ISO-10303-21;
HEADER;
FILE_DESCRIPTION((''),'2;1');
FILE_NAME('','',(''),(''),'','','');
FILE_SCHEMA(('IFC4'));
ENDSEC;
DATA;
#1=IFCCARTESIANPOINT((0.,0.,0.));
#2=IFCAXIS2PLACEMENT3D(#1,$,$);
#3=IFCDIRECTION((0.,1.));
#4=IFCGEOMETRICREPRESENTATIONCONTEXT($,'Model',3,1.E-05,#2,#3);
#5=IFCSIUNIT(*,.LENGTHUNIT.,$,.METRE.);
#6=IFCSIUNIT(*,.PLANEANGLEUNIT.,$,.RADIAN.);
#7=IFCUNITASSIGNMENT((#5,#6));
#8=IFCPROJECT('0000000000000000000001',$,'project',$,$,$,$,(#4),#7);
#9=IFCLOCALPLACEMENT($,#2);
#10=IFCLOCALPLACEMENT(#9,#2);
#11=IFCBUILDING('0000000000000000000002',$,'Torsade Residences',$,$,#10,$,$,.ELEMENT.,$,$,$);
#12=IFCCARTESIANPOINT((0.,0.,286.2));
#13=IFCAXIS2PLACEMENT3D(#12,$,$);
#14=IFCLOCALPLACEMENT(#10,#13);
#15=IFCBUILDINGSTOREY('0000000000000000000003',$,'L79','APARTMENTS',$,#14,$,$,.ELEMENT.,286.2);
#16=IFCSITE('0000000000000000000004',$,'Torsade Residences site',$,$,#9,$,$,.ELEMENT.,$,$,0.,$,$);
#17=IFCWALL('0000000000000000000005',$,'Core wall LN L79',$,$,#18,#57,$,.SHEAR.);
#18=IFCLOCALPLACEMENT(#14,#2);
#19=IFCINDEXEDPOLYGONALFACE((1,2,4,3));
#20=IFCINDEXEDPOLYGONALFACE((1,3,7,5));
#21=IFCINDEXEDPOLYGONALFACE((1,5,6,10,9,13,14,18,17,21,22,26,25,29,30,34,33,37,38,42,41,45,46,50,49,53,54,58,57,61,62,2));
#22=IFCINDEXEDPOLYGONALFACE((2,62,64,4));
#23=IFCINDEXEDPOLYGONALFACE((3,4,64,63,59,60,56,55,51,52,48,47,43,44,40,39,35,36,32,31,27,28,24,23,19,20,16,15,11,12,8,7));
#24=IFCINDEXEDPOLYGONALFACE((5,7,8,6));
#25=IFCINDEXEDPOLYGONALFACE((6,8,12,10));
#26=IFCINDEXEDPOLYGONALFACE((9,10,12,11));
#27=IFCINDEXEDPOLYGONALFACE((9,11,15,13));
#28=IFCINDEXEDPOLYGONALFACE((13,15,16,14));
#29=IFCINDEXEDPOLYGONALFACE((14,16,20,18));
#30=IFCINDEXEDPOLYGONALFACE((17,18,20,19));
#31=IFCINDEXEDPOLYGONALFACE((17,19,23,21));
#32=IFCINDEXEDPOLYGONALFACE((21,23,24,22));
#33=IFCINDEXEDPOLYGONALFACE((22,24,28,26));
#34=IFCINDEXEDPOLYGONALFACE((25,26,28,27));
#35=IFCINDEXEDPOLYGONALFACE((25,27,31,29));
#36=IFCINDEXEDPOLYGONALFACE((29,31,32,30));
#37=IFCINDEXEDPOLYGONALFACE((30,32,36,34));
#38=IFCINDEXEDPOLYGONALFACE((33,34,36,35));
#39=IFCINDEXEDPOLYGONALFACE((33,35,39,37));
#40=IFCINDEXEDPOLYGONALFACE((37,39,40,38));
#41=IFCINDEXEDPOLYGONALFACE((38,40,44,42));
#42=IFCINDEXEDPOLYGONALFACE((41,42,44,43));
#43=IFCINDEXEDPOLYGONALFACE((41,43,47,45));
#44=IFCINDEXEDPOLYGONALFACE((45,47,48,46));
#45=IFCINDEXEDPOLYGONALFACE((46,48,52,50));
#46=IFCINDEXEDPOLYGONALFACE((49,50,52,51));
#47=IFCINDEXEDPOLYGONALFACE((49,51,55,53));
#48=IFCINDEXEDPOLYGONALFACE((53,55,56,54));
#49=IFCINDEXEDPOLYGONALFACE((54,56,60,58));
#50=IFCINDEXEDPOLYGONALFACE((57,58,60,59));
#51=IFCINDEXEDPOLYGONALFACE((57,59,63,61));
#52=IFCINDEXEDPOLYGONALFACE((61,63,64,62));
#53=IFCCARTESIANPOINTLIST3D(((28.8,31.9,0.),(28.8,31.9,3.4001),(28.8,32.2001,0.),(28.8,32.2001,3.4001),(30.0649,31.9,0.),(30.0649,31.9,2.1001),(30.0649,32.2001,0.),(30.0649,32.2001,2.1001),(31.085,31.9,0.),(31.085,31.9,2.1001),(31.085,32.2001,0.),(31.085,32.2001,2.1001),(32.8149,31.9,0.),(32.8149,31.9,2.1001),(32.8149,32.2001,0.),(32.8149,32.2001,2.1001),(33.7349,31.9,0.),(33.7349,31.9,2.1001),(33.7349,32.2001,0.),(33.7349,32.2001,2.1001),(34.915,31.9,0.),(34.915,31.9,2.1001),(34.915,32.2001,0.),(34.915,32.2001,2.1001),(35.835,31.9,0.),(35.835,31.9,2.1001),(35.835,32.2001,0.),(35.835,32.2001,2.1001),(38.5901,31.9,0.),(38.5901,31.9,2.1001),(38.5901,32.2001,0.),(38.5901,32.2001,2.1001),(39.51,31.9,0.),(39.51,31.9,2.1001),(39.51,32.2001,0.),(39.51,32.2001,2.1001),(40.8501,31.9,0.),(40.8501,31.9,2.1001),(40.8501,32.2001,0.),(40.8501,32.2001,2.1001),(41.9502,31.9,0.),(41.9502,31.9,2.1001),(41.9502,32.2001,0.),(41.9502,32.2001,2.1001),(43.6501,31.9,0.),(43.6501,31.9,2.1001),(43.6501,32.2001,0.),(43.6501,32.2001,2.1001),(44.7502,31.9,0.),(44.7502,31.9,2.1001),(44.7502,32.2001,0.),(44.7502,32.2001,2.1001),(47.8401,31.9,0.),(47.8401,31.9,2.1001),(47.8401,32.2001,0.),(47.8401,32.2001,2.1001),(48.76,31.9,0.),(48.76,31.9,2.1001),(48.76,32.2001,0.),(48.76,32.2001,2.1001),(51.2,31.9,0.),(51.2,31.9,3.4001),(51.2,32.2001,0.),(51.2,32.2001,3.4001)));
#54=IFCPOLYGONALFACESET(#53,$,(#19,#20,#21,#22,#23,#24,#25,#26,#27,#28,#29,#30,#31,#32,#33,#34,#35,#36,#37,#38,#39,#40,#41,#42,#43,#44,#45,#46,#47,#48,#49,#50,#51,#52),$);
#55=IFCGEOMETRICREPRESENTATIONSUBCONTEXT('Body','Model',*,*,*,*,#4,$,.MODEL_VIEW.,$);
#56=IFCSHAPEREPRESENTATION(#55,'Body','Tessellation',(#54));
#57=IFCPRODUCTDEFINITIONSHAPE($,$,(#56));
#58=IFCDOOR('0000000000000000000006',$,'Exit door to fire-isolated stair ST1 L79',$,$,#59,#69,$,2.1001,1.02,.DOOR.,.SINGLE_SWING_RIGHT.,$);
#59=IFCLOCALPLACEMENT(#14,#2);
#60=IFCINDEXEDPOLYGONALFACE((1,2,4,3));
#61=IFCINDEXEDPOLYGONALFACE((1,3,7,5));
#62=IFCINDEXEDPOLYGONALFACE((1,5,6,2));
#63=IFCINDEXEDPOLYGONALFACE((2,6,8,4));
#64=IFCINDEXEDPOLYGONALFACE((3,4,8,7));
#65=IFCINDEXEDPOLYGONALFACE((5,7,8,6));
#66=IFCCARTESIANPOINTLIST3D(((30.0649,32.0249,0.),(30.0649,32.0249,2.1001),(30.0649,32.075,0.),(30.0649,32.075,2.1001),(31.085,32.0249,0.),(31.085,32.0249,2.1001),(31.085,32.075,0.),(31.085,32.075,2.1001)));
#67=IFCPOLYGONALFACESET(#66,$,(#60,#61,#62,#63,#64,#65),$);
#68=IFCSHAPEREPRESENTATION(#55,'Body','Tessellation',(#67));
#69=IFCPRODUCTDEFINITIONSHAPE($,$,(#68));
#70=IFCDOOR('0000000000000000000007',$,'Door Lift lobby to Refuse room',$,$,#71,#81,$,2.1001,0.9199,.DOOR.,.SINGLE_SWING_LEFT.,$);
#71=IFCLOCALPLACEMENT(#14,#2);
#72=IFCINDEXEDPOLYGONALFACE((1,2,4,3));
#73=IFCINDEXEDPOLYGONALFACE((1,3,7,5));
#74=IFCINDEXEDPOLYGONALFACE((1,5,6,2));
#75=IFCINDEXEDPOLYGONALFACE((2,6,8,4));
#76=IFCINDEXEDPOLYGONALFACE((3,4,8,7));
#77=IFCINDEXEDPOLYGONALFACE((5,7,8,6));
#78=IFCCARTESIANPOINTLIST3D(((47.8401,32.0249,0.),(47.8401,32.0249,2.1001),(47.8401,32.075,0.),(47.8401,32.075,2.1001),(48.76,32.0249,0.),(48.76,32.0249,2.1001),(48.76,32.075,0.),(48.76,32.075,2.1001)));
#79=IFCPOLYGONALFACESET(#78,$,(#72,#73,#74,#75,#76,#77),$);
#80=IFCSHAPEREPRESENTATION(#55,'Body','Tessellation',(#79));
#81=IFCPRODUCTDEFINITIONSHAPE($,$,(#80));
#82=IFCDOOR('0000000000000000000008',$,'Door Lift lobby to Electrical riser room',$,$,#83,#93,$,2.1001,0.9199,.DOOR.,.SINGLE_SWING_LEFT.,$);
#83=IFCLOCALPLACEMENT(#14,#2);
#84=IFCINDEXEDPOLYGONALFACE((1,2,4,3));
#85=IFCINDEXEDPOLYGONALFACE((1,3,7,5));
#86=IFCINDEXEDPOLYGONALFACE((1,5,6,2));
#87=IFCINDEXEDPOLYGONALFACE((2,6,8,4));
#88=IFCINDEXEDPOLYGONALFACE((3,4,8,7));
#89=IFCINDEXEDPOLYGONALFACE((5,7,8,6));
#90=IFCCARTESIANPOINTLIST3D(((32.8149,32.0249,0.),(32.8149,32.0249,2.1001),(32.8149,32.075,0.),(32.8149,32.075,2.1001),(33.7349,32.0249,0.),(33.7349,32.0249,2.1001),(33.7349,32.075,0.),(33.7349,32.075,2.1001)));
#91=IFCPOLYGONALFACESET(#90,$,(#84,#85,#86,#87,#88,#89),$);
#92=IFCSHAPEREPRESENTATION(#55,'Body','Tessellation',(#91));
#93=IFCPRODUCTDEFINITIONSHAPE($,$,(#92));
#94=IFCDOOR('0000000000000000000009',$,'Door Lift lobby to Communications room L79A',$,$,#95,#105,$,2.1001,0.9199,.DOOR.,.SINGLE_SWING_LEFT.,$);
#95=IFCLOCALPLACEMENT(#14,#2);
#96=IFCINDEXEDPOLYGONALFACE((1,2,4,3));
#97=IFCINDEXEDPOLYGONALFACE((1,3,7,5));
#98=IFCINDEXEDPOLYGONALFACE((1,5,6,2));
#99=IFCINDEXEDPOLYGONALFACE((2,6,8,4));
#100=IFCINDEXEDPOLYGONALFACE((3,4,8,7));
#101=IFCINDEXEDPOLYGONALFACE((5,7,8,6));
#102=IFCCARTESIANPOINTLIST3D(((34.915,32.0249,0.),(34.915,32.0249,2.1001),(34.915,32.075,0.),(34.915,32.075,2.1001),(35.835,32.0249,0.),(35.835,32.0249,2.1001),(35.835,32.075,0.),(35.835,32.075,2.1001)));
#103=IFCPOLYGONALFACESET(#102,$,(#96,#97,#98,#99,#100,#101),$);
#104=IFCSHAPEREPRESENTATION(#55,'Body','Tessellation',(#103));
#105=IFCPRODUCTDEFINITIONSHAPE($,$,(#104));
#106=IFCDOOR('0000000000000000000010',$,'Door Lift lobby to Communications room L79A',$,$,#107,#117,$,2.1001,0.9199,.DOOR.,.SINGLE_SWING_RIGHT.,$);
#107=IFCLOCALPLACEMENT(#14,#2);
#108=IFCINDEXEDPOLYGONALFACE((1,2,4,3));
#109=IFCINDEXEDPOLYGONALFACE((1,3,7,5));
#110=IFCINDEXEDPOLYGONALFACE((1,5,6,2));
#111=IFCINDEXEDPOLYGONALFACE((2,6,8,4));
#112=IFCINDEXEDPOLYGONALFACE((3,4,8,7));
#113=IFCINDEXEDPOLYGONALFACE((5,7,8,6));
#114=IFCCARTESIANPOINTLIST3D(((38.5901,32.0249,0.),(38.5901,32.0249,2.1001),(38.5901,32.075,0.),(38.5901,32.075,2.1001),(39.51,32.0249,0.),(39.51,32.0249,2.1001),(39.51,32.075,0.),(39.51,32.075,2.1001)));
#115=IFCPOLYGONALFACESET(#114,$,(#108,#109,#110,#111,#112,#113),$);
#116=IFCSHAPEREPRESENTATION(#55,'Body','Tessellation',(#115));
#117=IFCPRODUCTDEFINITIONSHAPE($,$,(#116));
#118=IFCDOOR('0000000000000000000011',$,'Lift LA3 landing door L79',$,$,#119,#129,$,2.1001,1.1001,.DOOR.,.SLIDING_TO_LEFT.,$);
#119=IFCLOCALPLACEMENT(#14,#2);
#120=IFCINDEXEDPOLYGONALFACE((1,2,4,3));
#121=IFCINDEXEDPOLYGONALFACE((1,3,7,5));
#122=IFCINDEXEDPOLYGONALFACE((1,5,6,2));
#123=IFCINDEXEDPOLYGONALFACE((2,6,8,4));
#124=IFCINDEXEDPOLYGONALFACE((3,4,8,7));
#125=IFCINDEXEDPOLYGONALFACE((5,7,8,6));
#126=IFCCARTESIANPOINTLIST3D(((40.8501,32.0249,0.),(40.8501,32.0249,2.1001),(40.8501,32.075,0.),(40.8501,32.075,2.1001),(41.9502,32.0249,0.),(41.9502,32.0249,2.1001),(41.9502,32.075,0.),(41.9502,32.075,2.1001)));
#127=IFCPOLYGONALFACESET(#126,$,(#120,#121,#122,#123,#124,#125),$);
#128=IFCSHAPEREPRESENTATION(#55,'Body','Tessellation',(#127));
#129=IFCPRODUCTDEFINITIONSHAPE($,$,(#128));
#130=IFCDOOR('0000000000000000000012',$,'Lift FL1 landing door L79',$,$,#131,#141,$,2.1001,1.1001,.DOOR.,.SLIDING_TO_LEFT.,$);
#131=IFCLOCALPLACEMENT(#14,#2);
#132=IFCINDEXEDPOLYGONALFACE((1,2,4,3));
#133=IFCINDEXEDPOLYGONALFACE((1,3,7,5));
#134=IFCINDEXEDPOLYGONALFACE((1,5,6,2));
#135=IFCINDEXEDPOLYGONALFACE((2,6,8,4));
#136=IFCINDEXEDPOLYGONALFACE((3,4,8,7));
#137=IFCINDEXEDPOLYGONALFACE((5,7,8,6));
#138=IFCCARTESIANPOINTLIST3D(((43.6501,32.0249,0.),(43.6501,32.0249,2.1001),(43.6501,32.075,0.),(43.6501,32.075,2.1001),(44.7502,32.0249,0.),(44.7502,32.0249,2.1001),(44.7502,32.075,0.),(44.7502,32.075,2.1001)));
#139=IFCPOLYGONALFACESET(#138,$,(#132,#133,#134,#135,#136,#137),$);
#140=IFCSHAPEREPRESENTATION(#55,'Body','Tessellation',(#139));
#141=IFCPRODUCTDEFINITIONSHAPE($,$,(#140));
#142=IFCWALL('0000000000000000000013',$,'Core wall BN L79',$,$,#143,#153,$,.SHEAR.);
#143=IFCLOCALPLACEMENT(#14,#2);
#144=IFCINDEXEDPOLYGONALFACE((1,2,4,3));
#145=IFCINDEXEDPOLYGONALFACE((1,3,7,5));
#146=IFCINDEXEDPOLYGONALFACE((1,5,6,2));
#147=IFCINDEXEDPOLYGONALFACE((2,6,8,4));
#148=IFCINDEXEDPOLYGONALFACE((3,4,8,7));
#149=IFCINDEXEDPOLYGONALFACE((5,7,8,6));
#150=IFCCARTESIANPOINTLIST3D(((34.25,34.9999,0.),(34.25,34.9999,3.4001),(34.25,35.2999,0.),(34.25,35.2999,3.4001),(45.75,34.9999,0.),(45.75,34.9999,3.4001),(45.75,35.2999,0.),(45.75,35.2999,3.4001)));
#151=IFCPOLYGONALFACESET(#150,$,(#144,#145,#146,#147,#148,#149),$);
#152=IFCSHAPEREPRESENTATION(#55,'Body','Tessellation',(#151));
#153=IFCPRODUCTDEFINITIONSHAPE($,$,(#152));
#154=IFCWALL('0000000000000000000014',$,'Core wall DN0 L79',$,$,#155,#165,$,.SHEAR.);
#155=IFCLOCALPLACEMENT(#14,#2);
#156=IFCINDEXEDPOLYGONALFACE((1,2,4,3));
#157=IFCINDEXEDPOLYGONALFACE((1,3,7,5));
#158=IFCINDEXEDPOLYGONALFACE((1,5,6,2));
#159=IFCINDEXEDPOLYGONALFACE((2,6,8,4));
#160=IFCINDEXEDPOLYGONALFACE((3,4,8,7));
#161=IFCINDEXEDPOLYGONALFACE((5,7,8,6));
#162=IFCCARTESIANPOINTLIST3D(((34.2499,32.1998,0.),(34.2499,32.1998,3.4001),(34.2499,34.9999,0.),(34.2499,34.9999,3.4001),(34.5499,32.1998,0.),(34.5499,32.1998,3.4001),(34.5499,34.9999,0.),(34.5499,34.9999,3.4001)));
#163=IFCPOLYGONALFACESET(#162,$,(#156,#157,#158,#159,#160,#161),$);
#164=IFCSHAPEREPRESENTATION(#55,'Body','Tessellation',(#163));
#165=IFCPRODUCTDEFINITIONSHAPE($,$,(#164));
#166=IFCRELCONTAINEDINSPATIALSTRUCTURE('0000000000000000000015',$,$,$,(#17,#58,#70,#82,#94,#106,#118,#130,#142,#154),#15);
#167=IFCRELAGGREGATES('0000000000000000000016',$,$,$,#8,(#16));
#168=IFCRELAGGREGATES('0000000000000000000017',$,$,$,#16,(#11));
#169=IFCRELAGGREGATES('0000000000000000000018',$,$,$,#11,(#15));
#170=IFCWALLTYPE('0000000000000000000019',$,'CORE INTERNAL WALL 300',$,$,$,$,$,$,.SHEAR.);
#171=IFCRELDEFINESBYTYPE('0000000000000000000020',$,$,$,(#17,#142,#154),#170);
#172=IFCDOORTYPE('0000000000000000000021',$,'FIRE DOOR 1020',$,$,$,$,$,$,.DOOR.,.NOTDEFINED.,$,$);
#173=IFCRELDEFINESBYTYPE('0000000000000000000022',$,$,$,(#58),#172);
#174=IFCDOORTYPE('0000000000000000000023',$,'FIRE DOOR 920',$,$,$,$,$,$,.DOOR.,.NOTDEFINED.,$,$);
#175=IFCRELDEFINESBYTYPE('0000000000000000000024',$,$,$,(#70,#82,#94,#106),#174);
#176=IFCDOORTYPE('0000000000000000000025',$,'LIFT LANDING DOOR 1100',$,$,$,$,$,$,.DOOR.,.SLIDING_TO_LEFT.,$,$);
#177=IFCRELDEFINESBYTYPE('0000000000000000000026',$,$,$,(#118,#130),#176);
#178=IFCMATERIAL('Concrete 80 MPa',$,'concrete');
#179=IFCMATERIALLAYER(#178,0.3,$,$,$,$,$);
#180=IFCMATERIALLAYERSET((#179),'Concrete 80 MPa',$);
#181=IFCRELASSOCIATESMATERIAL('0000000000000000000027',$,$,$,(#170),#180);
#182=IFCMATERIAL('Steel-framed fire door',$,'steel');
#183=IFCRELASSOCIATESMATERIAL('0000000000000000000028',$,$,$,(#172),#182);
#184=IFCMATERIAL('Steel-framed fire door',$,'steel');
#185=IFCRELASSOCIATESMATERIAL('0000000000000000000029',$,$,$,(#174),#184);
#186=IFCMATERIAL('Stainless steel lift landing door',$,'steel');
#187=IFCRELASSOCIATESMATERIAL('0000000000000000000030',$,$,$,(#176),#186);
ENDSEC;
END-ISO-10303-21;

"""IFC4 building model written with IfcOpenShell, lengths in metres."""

from ifc_helpers import new_model, si_unit, direction, frame, frame_2d, origin, place, context, subcontext, project, spatial, rectangle, extrude, material, layer, layer_set, type_object, element, fill, save


model = new_model("IFC4")

# Units and contexts
model_context = context("Model", 3, precision=1e-05, world=origin(), true_north=direction((0.0, 1.0)))
body_context = subcontext(model_context, "Body", "Model", "MODEL_VIEW")
ifc_project = project(units=[si_unit("LENGTHUNIT", "METRE"), si_unit("PLANEANGLEUNIT", "RADIAN")], contexts=[model_context])

# Site, building, storey
site_placement = place(None, origin())
site = spatial("IfcSite", under=ifc_project, at=site_placement, Name="Torsade Residences site", CompositionType="ELEMENT", RefElevation=0.0)
building_placement = place(site_placement, origin())
building = spatial("IfcBuilding", under=site, at=building_placement, Name="Torsade Residences", CompositionType="ELEMENT")
storey_placement = place(building_placement, frame((0.0, 0.0, 286.2)))
storey = spatial("IfcBuildingStorey", under=building, at=storey_placement, Name="L79", Description="APARTMENTS", CompositionType="ELEMENT", Elevation=286.2)

# Wall, openings, doors
ifc_material_1 = material(Name="Concrete 80 MPa", Category="concrete")
ifc_layer_1 = layer(ifc_material_1, 0.3)
ifc_layer_set_1 = layer_set([ifc_layer_1], Name="Concrete 80 MPa")
wall_type_1 = type_object("IfcWallType", Name="CORE INTERNAL WALL 300", PredefinedType="SHEAR", material=ifc_layer_set_1)
wall_1_placement = place(storey_placement, frame((28.8, 32.05, 0.0), z_axis=(0.0, 0.0, 1.0), x_axis=(1.0, 0.0, 0.0)))
wall_1 = element("IfcWall", 1, at=wall_1_placement, inside=storey, type_object=wall_type_1, Name="Core wall LN L79", PredefinedType="SHEAR", context=body_context, shape_type="SweptSolid", body=[
    extrude(rectangle(XDim=22.3999, YDim=0.3, at=frame_2d((11.2, 0.0))), origin(), (0.0, 0.0, 1.0), 3.4001),
])
opening_1_placement = place(wall_1_placement, frame((19.04, 0.0, 0.0)))
opening_1 = element("IfcOpeningElement", 2, at=opening_1_placement, cuts=wall_1, PredefinedType="OPENING", context=body_context, shape_type="SweptSolid", body=[
    extrude(rectangle(XDim=0.9199, YDim=2.1001, at=frame_2d((0.46, 1.05))), frame((0.0, 0.1599, 0.0), z_axis=(0.0, -1.0, 0.0), x_axis=(1.0, 0.0, 0.0)), (0.0, 0.0, 1.0), 0.3201),
])
opening_2_placement = place(wall_1_placement, frame((1.2649, 0.0, 0.0)))
opening_2 = element("IfcOpeningElement", 3, at=opening_2_placement, cuts=wall_1, PredefinedType="OPENING", context=body_context, shape_type="SweptSolid", body=[
    extrude(rectangle(XDim=1.02, YDim=2.1001, at=frame_2d((0.51, 1.05))), frame((0.0, 0.1599, 0.0), z_axis=(0.0, -1.0, 0.0), x_axis=(1.0, 0.0, 0.0)), (0.0, 0.0, 1.0), 0.3201),
])
opening_3_placement = place(wall_1_placement, frame((4.0149, 0.0, 0.0)))
opening_3 = element("IfcOpeningElement", 4, at=opening_3_placement, cuts=wall_1, PredefinedType="OPENING", context=body_context, shape_type="SweptSolid", body=[
    extrude(rectangle(XDim=0.9199, YDim=2.1001, at=frame_2d((0.46, 1.05))), frame((0.0, 0.1599, 0.0), z_axis=(0.0, -1.0, 0.0), x_axis=(1.0, 0.0, 0.0)), (0.0, 0.0, 1.0), 0.3201),
])
opening_4_placement = place(wall_1_placement, frame((6.115, 0.0, 0.0)))
opening_4 = element("IfcOpeningElement", 5, at=opening_4_placement, cuts=wall_1, PredefinedType="OPENING", context=body_context, shape_type="SweptSolid", body=[
    extrude(rectangle(XDim=0.9199, YDim=2.1001, at=frame_2d((0.46, 1.05))), frame((0.0, 0.1599, 0.0), z_axis=(0.0, -1.0, 0.0), x_axis=(1.0, 0.0, 0.0)), (0.0, 0.0, 1.0), 0.3201),
])
opening_5_placement = place(wall_1_placement, frame((9.79, 0.0, 0.0)))
opening_5 = element("IfcOpeningElement", 6, at=opening_5_placement, cuts=wall_1, PredefinedType="OPENING", context=body_context, shape_type="SweptSolid", body=[
    extrude(rectangle(XDim=0.9199, YDim=2.1001, at=frame_2d((0.46, 1.05))), frame((0.0, 0.1599, 0.0), z_axis=(0.0, -1.0, 0.0), x_axis=(1.0, 0.0, 0.0)), (0.0, 0.0, 1.0), 0.3201),
])
opening_6_placement = place(wall_1_placement, frame((12.05, 0.0, 0.0)))
opening_6 = element("IfcOpeningElement", 7, at=opening_6_placement, cuts=wall_1, PredefinedType="OPENING", context=body_context, shape_type="SweptSolid", body=[
    extrude(rectangle(XDim=1.1001, YDim=2.1001, at=frame_2d((0.55, 1.05))), frame((0.0, 0.1599, 0.0), z_axis=(0.0, -1.0, 0.0), x_axis=(1.0, 0.0, 0.0)), (0.0, 0.0, 1.0), 0.3201),
])
opening_7_placement = place(wall_1_placement, frame((14.8501, 0.0, 0.0)))
opening_7 = element("IfcOpeningElement", 8, at=opening_7_placement, cuts=wall_1, PredefinedType="OPENING", context=body_context, shape_type="SweptSolid", body=[
    extrude(rectangle(XDim=1.1001, YDim=2.1001, at=frame_2d((0.55, 1.05))), frame((0.0, 0.1599, 0.0), z_axis=(0.0, -1.0, 0.0), x_axis=(1.0, 0.0, 0.0)), (0.0, 0.0, 1.0), 0.3201),
])
ifc_material_2 = material(Name="Steel-framed fire door", Category="steel")
door_type_1 = type_object("IfcDoorType", Name="FIRE DOOR 1020", OperationType="NOTDEFINED", PredefinedType="DOOR", material=ifc_material_2)
door_1_placement = place(opening_2_placement, origin())
door_1 = element("IfcDoor", 9, at=door_1_placement, inside=storey, type_object=door_type_1, Name="Exit door to fire-isolated stair ST1 L79", OperationType="SINGLE_SWING_RIGHT", OverallHeight=2.1001, OverallWidth=1.02, PredefinedType="DOOR", context=body_context, shape_type="SweptSolid", body=[
    extrude(rectangle(XDim=1.02, YDim=2.1001, at=frame_2d((0.51, 1.05))), frame((0.0, 0.0249, 0.0), z_axis=(0.0, -1.0, 0.0), x_axis=(1.0, 0.0, 0.0)), (0.0, 0.0, 1.0), 0.05),
])
fill(opening_2, door_1)
ifc_material_3 = material(Name="Steel-framed fire door", Category="steel")
door_type_2 = type_object("IfcDoorType", Name="FIRE DOOR 920", OperationType="NOTDEFINED", PredefinedType="DOOR", material=ifc_material_3)
door_2_placement = place(opening_1_placement, origin())
door_2 = element("IfcDoor", 10, at=door_2_placement, inside=storey, type_object=door_type_2, Name="Door Lift lobby to Refuse room", OperationType="SINGLE_SWING_LEFT", OverallHeight=2.1001, OverallWidth=0.9199, PredefinedType="DOOR", context=body_context, shape_type="SweptSolid", body=[
    extrude(rectangle(XDim=0.9199, YDim=2.1001, at=frame_2d((0.46, 1.05))), frame((0.0, 0.0249, 0.0), z_axis=(0.0, -1.0, 0.0), x_axis=(1.0, 0.0, 0.0)), (0.0, 0.0, 1.0), 0.05),
])
fill(opening_1, door_2)
door_3_placement = place(opening_3_placement, origin())
door_3 = element("IfcDoor", 11, at=door_3_placement, inside=storey, type_object=door_type_2, Name="Door Lift lobby to Electrical riser room", OperationType="SINGLE_SWING_LEFT", OverallHeight=2.1001, OverallWidth=0.9199, PredefinedType="DOOR", context=body_context, shape_type="SweptSolid", body=[
    extrude(rectangle(XDim=0.9199, YDim=2.1001, at=frame_2d((0.46, 1.05))), frame((0.0, 0.0249, 0.0), z_axis=(0.0, -1.0, 0.0), x_axis=(1.0, 0.0, 0.0)), (0.0, 0.0, 1.0), 0.05),
])
fill(opening_3, door_3)
door_4_placement = place(opening_4_placement, origin())
door_4 = element("IfcDoor", 12, at=door_4_placement, inside=storey, type_object=door_type_2, Name="Door Lift lobby to Communications room L79A", OperationType="SINGLE_SWING_LEFT", OverallHeight=2.1001, OverallWidth=0.9199, PredefinedType="DOOR", context=body_context, shape_type="SweptSolid", body=[
    extrude(rectangle(XDim=0.9199, YDim=2.1001, at=frame_2d((0.46, 1.05))), frame((0.0, 0.0249, 0.0), z_axis=(0.0, -1.0, 0.0), x_axis=(1.0, 0.0, 0.0)), (0.0, 0.0, 1.0), 0.05),
])
fill(opening_4, door_4)
door_5_placement = place(opening_5_placement, origin())
door_5 = element("IfcDoor", 13, at=door_5_placement, inside=storey, type_object=door_type_2, Name="Door Lift lobby to Communications room L79A", OperationType="SINGLE_SWING_RIGHT", OverallHeight=2.1001, OverallWidth=0.9199, PredefinedType="DOOR", context=body_context, shape_type="SweptSolid", body=[
    extrude(rectangle(XDim=0.9199, YDim=2.1001, at=frame_2d((0.46, 1.05))), frame((0.0, 0.0249, 0.0), z_axis=(0.0, -1.0, 0.0), x_axis=(1.0, 0.0, 0.0)), (0.0, 0.0, 1.0), 0.05),
])
fill(opening_5, door_5)
ifc_material_4 = material(Name="Stainless steel lift landing door", Category="steel")
door_type_3 = type_object("IfcDoorType", Name="LIFT LANDING DOOR 1100", OperationType="SLIDING_TO_LEFT", PredefinedType="DOOR", material=ifc_material_4)
door_6_placement = place(opening_6_placement, origin())
door_6 = element("IfcDoor", 14, at=door_6_placement, inside=storey, type_object=door_type_3, Name="Lift LA3 landing door L79", OperationType="SLIDING_TO_LEFT", OverallHeight=2.1001, OverallWidth=1.1001, PredefinedType="DOOR", context=body_context, shape_type="SweptSolid", body=[
    extrude(rectangle(XDim=1.1001, YDim=2.1001, at=frame_2d((0.55, 1.05))), frame((0.0, 0.0249, 0.0), z_axis=(0.0, -1.0, 0.0), x_axis=(1.0, 0.0, 0.0)), (0.0, 0.0, 1.0), 0.05),
])
fill(opening_6, door_6)
door_7_placement = place(opening_7_placement, origin())
door_7 = element("IfcDoor", 15, at=door_7_placement, inside=storey, type_object=door_type_3, Name="Lift FL1 landing door L79", OperationType="SLIDING_TO_LEFT", OverallHeight=2.1001, OverallWidth=1.1001, PredefinedType="DOOR", context=body_context, shape_type="SweptSolid", body=[
    extrude(rectangle(XDim=1.1001, YDim=2.1001, at=frame_2d((0.55, 1.05))), frame((0.0, 0.0249, 0.0), z_axis=(0.0, -1.0, 0.0), x_axis=(1.0, 0.0, 0.0)), (0.0, 0.0, 1.0), 0.05),
])
fill(opening_7, door_7)

# Walls
wall_2_placement = place(storey_placement, frame((34.25, 35.1499, 0.0), z_axis=(0.0, 0.0, 1.0), x_axis=(1.0, 0.0, 0.0)))
element("IfcWall", 16, at=wall_2_placement, inside=storey, type_object=wall_type_1, Name="Core wall BN L79", PredefinedType="SHEAR", context=body_context, shape_type="SweptSolid", body=[
    extrude(rectangle(XDim=11.5, YDim=0.3, at=frame_2d((5.75, 0.0))), origin(), (0.0, 0.0, 1.0), 3.4001),
])
wall_3_placement = place(storey_placement, frame((34.3999, 32.2, 0.0), z_axis=(0.0, 0.0, 1.0), x_axis=(0.0, 1.0, 0.0)))
element("IfcWall", 17, at=wall_3_placement, inside=storey, type_object=wall_type_1, Name="Core wall DN0 L79", PredefinedType="SHEAR", context=body_context, shape_type="SweptSolid", body=[
    extrude(rectangle(XDim=2.8, YDim=0.3, at=frame_2d((1.3999, 0.0))), origin(), (0.0, 0.0, 1.0), 3.4001),
])

save(model, "model.ifc")
